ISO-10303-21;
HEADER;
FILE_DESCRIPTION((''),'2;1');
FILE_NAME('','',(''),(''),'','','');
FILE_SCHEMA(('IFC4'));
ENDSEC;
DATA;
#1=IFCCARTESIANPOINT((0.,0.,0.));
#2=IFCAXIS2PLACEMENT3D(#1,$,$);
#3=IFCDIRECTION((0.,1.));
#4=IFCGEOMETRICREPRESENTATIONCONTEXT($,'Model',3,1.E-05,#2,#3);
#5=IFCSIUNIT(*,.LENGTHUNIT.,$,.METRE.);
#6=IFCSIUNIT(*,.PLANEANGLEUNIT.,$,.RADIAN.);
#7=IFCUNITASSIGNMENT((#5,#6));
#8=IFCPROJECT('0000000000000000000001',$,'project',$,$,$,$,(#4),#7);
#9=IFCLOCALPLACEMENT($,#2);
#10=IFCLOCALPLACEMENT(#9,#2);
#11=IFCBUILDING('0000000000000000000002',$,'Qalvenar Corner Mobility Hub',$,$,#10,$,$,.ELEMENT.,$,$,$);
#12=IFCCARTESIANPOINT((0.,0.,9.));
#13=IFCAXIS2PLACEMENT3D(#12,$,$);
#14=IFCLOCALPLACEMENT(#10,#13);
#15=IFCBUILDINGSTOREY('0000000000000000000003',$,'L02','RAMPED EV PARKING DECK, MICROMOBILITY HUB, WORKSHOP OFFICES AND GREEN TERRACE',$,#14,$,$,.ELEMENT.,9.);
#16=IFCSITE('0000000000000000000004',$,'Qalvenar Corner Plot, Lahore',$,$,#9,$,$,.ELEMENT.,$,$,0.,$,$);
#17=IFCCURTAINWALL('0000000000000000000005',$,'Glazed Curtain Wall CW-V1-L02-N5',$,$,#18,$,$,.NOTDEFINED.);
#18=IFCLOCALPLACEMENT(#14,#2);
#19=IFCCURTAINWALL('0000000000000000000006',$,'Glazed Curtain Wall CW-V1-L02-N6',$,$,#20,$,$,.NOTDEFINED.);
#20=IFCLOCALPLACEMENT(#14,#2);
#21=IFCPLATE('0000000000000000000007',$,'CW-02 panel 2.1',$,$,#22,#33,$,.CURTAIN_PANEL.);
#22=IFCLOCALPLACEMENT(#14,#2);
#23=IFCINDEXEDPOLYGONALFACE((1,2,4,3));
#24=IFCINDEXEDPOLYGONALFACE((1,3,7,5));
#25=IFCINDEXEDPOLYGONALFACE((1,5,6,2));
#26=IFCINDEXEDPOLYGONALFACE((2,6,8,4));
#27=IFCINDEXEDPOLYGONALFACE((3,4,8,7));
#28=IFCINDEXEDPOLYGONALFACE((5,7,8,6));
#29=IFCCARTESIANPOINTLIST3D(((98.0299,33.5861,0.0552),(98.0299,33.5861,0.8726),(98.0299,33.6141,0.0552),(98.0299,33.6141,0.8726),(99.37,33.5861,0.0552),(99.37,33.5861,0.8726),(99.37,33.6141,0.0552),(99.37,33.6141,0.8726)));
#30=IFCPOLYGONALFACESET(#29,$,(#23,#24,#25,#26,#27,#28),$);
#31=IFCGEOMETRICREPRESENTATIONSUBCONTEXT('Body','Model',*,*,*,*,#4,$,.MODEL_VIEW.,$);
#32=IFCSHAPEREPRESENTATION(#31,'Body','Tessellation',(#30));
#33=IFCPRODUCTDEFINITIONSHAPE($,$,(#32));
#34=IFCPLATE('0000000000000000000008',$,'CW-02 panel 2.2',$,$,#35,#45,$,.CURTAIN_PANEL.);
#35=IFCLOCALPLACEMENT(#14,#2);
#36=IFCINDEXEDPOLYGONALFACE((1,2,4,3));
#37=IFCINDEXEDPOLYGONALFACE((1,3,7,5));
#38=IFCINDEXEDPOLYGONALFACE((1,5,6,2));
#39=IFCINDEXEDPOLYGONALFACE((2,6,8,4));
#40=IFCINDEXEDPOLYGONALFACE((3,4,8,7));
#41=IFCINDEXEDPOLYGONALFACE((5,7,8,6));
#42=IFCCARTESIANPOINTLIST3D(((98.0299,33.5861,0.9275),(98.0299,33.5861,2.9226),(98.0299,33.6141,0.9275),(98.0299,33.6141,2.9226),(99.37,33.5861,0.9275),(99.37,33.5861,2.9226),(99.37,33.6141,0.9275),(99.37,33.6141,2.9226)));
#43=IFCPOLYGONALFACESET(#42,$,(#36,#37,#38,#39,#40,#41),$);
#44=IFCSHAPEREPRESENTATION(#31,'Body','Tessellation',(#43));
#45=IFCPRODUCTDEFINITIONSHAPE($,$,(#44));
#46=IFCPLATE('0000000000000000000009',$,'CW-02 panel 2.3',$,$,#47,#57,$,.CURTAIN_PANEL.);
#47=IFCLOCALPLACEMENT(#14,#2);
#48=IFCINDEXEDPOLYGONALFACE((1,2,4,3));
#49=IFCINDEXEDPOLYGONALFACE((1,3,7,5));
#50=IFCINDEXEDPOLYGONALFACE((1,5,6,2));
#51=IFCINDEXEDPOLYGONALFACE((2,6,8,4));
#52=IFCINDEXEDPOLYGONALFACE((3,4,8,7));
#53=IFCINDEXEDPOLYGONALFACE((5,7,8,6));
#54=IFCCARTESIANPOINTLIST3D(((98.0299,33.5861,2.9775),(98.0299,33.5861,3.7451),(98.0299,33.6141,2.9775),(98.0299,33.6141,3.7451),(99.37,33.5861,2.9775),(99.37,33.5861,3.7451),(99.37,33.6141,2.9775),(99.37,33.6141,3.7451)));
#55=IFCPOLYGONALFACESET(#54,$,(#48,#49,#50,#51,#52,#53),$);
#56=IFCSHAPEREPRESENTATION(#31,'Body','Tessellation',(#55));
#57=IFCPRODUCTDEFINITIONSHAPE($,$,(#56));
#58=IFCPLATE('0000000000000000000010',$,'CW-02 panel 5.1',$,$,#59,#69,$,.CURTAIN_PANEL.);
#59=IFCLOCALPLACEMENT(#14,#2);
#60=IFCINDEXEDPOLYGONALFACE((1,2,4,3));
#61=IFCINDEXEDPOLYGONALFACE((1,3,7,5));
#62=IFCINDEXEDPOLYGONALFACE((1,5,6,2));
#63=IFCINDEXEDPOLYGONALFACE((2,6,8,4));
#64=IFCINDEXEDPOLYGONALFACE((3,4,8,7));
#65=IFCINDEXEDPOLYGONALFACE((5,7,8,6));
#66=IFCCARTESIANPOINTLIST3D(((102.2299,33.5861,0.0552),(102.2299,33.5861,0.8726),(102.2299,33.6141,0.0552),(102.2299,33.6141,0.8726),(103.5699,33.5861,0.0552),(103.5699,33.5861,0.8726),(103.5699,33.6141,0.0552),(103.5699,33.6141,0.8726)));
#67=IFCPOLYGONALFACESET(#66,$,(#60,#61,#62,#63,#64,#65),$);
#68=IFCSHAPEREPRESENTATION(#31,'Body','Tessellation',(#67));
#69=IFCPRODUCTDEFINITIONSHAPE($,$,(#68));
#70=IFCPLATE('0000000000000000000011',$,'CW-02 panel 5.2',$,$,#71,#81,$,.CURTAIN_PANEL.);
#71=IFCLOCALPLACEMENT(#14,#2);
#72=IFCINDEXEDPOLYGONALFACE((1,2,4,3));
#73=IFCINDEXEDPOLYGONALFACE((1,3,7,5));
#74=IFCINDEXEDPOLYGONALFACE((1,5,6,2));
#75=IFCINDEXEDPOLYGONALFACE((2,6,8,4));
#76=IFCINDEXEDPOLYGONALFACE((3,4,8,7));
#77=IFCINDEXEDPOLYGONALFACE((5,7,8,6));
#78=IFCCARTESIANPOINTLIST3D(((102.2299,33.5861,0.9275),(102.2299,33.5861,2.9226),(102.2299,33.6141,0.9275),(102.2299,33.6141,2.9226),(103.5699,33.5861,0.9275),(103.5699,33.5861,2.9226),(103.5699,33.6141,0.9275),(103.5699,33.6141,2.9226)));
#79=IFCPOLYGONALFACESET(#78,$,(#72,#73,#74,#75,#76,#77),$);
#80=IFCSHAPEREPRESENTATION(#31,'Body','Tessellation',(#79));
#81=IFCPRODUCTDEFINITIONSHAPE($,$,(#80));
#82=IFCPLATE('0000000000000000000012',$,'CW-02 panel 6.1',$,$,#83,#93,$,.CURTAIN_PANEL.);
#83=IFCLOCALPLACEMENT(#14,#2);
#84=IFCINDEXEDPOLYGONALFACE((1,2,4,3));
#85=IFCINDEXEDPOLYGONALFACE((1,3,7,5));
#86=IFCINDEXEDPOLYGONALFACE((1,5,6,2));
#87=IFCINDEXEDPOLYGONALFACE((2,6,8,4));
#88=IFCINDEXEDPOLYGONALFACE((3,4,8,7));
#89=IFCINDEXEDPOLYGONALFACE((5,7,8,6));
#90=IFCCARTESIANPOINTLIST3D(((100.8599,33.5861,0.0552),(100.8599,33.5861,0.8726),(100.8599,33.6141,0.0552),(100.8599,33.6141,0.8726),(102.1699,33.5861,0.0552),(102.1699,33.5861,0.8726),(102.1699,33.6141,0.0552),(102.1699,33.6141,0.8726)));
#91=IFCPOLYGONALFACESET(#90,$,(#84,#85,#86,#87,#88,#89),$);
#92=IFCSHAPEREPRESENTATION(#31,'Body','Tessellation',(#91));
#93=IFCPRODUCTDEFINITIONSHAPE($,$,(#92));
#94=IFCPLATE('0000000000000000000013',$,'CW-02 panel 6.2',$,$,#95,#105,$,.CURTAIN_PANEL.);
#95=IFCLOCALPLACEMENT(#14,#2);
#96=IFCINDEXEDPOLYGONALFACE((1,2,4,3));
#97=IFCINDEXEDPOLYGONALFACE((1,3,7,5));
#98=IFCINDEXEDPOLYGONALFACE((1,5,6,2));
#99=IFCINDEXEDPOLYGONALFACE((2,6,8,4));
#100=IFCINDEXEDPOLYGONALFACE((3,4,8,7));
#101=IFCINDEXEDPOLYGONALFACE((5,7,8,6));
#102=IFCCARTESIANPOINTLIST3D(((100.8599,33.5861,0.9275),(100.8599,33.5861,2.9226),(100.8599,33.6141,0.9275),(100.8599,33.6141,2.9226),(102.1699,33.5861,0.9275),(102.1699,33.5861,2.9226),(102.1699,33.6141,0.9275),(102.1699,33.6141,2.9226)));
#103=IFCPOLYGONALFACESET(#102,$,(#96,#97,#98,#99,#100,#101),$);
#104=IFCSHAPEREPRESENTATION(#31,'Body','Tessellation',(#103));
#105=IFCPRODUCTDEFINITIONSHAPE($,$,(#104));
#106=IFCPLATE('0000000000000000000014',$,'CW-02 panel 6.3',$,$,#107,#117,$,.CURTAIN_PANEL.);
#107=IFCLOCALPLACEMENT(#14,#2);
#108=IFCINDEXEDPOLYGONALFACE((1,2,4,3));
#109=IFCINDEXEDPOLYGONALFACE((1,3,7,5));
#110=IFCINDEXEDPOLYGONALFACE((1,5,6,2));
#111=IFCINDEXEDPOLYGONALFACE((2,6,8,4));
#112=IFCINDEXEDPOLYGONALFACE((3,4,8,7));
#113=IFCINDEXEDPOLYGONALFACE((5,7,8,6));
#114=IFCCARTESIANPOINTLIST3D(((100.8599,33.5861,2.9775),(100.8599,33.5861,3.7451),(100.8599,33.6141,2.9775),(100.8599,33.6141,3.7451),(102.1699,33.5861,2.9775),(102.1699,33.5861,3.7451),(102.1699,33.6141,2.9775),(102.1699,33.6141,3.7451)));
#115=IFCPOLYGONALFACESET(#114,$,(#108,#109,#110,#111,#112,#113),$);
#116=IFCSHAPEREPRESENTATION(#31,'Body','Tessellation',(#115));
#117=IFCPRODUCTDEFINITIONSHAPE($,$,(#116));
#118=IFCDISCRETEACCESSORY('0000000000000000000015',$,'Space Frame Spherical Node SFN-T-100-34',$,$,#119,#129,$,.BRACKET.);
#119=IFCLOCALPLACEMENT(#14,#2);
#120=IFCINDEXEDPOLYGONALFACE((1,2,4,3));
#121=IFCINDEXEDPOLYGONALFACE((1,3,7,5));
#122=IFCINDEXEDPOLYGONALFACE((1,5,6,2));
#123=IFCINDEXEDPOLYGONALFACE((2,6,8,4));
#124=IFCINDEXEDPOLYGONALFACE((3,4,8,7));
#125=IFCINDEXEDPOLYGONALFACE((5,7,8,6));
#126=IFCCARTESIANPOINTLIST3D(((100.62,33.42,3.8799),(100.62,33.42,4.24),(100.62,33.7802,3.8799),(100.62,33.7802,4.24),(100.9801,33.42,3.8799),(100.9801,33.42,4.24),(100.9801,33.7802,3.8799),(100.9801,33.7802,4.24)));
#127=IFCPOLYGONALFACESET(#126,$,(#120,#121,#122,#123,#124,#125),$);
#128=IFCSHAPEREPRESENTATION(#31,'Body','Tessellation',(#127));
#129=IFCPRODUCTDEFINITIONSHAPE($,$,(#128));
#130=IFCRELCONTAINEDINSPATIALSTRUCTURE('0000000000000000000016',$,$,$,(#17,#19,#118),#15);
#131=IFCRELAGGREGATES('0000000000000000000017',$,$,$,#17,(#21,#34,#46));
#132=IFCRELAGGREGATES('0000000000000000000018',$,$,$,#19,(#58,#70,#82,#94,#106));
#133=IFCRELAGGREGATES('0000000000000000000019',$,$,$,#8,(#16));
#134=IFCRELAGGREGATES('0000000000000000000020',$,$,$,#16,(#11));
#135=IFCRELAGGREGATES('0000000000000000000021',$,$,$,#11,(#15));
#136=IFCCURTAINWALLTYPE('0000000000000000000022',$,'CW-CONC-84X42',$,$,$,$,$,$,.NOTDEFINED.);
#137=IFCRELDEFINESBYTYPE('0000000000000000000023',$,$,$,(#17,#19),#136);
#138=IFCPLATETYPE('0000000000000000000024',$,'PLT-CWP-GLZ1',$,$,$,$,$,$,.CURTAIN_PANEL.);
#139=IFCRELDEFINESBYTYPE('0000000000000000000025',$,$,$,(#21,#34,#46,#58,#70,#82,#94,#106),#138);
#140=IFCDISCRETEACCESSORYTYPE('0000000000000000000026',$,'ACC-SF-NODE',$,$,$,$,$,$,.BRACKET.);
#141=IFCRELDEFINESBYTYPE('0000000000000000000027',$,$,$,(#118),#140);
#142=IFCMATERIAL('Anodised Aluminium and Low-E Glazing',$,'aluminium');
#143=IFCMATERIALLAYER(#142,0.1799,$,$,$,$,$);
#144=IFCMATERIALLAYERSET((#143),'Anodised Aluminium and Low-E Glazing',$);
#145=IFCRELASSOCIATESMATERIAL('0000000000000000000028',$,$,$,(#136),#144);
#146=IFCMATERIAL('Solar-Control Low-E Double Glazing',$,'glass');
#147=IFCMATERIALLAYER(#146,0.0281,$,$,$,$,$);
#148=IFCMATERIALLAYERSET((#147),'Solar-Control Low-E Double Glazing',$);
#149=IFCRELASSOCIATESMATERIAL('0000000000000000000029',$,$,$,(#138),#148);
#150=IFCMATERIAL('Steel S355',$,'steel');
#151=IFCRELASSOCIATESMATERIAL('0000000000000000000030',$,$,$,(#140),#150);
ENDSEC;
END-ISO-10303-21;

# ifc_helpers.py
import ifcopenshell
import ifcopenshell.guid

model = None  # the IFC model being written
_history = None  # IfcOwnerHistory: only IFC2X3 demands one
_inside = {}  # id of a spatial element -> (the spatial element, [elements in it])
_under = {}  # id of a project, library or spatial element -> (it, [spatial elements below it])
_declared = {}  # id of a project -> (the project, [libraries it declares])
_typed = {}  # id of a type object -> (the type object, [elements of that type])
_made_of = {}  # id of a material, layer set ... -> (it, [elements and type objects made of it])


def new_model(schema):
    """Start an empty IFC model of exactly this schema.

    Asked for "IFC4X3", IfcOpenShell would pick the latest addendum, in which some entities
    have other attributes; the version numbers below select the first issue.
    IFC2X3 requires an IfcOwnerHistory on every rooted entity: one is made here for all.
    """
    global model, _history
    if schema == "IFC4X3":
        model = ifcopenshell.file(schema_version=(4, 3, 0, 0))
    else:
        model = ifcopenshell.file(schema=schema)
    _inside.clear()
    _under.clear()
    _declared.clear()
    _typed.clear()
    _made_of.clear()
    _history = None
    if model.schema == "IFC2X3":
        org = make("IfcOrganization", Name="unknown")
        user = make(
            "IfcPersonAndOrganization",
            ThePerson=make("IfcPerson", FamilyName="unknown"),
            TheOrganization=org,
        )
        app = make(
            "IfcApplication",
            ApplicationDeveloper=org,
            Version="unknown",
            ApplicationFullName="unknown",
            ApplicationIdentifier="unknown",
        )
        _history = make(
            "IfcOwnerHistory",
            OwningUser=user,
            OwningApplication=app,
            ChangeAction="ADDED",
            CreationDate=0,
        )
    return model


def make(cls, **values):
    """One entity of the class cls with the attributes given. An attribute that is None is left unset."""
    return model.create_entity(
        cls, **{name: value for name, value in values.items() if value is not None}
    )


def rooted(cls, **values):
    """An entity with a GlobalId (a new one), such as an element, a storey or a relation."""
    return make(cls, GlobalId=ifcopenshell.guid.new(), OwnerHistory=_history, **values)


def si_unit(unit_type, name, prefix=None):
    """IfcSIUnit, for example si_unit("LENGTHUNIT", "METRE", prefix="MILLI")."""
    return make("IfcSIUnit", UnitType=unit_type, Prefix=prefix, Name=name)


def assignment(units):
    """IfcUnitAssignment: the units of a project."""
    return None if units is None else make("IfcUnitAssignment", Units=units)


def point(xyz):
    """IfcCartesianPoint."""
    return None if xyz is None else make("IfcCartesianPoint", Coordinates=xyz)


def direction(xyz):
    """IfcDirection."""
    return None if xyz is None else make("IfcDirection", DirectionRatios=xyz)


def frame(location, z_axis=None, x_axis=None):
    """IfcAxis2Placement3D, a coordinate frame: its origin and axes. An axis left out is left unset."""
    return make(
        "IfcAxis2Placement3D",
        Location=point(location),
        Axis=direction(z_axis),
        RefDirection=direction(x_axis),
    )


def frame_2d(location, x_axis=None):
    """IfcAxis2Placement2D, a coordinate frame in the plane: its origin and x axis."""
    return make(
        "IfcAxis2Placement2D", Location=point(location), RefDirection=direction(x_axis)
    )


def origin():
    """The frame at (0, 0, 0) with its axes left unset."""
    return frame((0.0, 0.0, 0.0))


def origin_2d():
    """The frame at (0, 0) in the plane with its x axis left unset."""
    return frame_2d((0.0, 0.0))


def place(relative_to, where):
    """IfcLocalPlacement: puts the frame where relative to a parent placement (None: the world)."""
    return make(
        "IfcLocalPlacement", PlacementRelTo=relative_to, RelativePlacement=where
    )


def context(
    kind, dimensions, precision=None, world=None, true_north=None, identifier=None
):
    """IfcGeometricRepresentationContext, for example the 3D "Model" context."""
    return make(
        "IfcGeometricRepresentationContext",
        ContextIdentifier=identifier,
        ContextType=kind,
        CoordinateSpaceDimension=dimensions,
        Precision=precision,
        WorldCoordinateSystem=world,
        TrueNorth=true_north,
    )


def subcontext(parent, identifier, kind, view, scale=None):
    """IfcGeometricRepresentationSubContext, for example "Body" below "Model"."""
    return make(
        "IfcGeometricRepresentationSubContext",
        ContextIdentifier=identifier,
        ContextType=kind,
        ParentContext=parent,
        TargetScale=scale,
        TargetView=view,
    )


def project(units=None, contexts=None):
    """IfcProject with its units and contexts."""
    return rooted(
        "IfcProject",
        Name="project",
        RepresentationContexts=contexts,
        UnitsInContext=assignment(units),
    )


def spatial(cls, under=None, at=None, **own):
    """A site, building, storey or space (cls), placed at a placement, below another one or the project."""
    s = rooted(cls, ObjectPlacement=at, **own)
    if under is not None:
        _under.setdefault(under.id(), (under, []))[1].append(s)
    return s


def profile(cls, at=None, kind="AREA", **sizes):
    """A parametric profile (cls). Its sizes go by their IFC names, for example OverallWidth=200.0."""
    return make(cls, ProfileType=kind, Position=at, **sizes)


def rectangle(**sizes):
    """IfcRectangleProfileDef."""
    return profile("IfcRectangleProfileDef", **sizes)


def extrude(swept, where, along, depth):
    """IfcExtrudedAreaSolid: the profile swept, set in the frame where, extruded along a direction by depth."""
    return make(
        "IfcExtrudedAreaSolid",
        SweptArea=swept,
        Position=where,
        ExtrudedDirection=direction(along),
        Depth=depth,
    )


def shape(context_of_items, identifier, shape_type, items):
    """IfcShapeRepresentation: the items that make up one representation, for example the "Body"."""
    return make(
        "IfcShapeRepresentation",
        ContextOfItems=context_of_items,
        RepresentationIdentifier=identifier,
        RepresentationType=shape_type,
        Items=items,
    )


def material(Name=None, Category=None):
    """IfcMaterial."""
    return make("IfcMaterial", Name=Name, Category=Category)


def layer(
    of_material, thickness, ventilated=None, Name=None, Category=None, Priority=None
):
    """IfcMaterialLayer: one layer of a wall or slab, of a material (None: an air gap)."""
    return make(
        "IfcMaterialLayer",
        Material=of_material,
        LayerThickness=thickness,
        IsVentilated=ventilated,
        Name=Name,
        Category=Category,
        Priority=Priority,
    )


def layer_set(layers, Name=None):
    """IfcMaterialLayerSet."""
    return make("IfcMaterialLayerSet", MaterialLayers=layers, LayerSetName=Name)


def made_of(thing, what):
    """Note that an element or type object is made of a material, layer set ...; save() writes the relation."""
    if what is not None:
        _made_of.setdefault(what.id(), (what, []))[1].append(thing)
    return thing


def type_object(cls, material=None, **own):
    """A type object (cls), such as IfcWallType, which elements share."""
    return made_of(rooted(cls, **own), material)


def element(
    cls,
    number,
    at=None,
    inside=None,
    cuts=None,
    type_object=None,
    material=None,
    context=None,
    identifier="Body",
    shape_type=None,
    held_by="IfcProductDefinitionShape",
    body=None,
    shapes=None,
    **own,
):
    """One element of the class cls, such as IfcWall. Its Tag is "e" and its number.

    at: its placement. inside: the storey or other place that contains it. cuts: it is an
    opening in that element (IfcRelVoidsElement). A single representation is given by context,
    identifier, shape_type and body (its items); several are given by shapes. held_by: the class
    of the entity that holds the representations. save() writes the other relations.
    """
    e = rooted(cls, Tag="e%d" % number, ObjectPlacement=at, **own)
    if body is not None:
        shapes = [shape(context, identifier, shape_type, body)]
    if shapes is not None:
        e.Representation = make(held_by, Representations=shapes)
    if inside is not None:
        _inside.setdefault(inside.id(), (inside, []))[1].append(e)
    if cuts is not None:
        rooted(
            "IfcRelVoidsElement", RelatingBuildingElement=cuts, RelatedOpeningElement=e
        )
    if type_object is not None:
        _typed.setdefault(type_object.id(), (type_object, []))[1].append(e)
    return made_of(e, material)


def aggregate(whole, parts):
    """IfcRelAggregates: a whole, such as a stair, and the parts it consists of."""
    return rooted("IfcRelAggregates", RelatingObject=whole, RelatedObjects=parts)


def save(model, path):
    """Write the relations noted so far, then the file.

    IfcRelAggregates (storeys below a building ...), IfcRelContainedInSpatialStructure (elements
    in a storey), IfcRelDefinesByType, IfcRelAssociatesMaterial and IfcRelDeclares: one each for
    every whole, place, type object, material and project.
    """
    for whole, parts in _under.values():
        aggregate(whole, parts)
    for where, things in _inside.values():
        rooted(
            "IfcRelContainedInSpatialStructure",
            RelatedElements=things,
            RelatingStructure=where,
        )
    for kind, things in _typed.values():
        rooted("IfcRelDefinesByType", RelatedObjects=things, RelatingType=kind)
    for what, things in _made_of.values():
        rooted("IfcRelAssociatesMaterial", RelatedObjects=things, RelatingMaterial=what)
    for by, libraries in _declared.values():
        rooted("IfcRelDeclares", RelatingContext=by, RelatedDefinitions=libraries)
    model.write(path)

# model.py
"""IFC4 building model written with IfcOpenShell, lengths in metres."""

from ifc_helpers import new_model, si_unit, direction, frame, origin, origin_2d, place, context, subcontext, project, spatial, rectangle, extrude, material, layer, layer_set, type_object, element, aggregate, save


model = new_model("IFC4")

# Units and contexts
model_context = context("Model", 3, precision=1e-05, world=origin(), true_north=direction((0.0, 1.0)))
body_context = subcontext(model_context, "Body", "Model", "MODEL_VIEW")
ifc_project = project(units=[si_unit("LENGTHUNIT", "METRE"), si_unit("PLANEANGLEUNIT", "RADIAN")], contexts=[model_context])

# Site, building, storey
site_placement = place(None, origin())
site = spatial("IfcSite", under=ifc_project, at=site_placement, Name="Qalvenar Corner Plot, Lahore", CompositionType="ELEMENT", RefElevation=0.0)
building_placement = place(site_placement, origin())
building = spatial("IfcBuilding", under=site, at=building_placement, Name="Qalvenar Corner Mobility Hub", CompositionType="ELEMENT")
storey_placement = place(building_placement, frame((0.0, 0.0, 9.0)))
storey = spatial("IfcBuildingStorey", under=building, at=storey_placement, Name="L02", Description="RAMPED EV PARKING DECK, MICROMOBILITY HUB, WORKSHOP OFFICES AND GREEN TERRACE", CompositionType="ELEMENT", Elevation=9.0)

# Shared definitions
ifc_material_1 = material(Name="Steel S355", Category="steel")

# Curtain walls
ifc_material_2 = material(Name="Anodised Aluminium and Low-E Glazing", Category="aluminium")
ifc_layer_1 = layer(ifc_material_2, 0.1799)
ifc_layer_set_1 = layer_set([ifc_layer_1], Name="Anodised Aluminium and Low-E Glazing")
curtain_wall_type = type_object("IfcCurtainWallType", Name="CW-CONC-84X42", PredefinedType="NOTDEFINED", material=ifc_layer_set_1)
curtain_wall_1_placement = place(storey_placement, origin())
curtain_wall_1 = element("IfcCurtainWall", 1, at=curtain_wall_1_placement, inside=storey, type_object=curtain_wall_type, Name="Glazed Curtain Wall CW-V1-L02-N5", PredefinedType="NOTDEFINED")
curtain_wall_2_placement = place(storey_placement, origin())
curtain_wall_2 = element("IfcCurtainWall", 2, at=curtain_wall_2_placement, inside=storey, type_object=curtain_wall_type, Name="Glazed Curtain Wall CW-V1-L02-N6", PredefinedType="NOTDEFINED")

# Plates
ifc_material_3 = material(Name="Solar-Control Low-E Double Glazing", Category="glass")
ifc_layer_2 = layer(ifc_material_3, 0.0281)
ifc_layer_set_2 = layer_set([ifc_layer_2], Name="Solar-Control Low-E Double Glazing")
plate_type_1 = type_object("IfcPlateType", Name="PLT-CWP-GLZ1", PredefinedType="CURTAIN_PANEL", material=ifc_layer_set_2)
plate_1_placement = place(storey_placement, frame((98.7, 33.6001, 0.0552), z_axis=(0.0, 0.0, 1.0), x_axis=(-1.0, 0.0, 0.0)))
plate_1 = element("IfcPlate", 3, at=plate_1_placement, type_object=plate_type_1, Name="CW-02 panel 2.1", PredefinedType="CURTAIN_PANEL", context=body_context, shape_type="SweptSolid", body=[
    extrude(rectangle(XDim=1.3401, YDim=0.0281, at=origin_2d()), origin(), (0.0, 0.0, 1.0), 0.8174),
])
plate_2_placement = place(storey_placement, frame((98.7, 33.6001, 0.9275), z_axis=(0.0, 0.0, 1.0), x_axis=(-1.0, 0.0, 0.0)))
plate_2 = element("IfcPlate", 4, at=plate_2_placement, type_object=plate_type_1, Name="CW-02 panel 2.2", PredefinedType="CURTAIN_PANEL", context=body_context, shape_type="SweptSolid", body=[
    extrude(rectangle(XDim=1.3401, YDim=0.0281, at=origin_2d()), origin(), (0.0, 0.0, 1.0), 1.9951),
])
plate_3_placement = place(storey_placement, frame((98.7, 33.6001, 2.9775), z_axis=(0.0, 0.0, 1.0), x_axis=(-1.0, 0.0, 0.0)))
plate_3 = element("IfcPlate", 5, at=plate_3_placement, type_object=plate_type_1, Name="CW-02 panel 2.3", PredefinedType="CURTAIN_PANEL", context=body_context, shape_type="SweptSolid", body=[
    extrude(rectangle(XDim=1.3401, YDim=0.0281, at=origin_2d()), origin(), (0.0, 0.0, 1.0), 0.7676),
])
aggregate(curtain_wall_1, [plate_1, plate_2, plate_3])
plate_4_placement = place(storey_placement, frame((102.8999, 33.6001, 0.0552), z_axis=(0.0, 0.0, 1.0), x_axis=(-1.0, 0.0, 0.0)))
plate_4 = element("IfcPlate", 6, at=plate_4_placement, type_object=plate_type_1, Name="CW-02 panel 5.1", PredefinedType="CURTAIN_PANEL", context=body_context, shape_type="SweptSolid", body=[
    extrude(rectangle(XDim=1.3401, YDim=0.0281, at=origin_2d()), origin(), (0.0, 0.0, 1.0), 0.8174),
])
plate_5_placement = place(storey_placement, frame((102.8999, 33.6001, 0.9275), z_axis=(0.0, 0.0, 1.0), x_axis=(-1.0, 0.0, 0.0)))
plate_5 = element("IfcPlate", 7, at=plate_5_placement, type_object=plate_type_1, Name="CW-02 panel 5.2", PredefinedType="CURTAIN_PANEL", context=body_context, shape_type="SweptSolid", body=[
    extrude(rectangle(XDim=1.3401, YDim=0.0281, at=origin_2d()), origin(), (0.0, 0.0, 1.0), 1.9951),
])
plate_6_placement = place(storey_placement, frame((101.5149, 33.6001, 0.0552), z_axis=(0.0, 0.0, 1.0), x_axis=(-1.0, 0.0, 0.0)))
plate_6 = element("IfcPlate", 8, at=plate_6_placement, type_object=plate_type_1, Name="CW-02 panel 6.1", PredefinedType="CURTAIN_PANEL", context=body_context, shape_type="SweptSolid", body=[
    extrude(rectangle(XDim=1.3101, YDim=0.0281, at=origin_2d()), origin(), (0.0, 0.0, 1.0), 0.8174),
])
plate_7_placement = place(storey_placement, frame((101.5149, 33.6001, 0.9275), z_axis=(0.0, 0.0, 1.0), x_axis=(-1.0, 0.0, 0.0)))
plate_7 = element("IfcPlate", 9, at=plate_7_placement, type_object=plate_type_1, Name="CW-02 panel 6.2", PredefinedType="CURTAIN_PANEL", context=body_context, shape_type="SweptSolid", body=[
    extrude(rectangle(XDim=1.3101, YDim=0.0281, at=origin_2d()), origin(), (0.0, 0.0, 1.0), 1.9951),
])
plate_8_placement = place(storey_placement, frame((101.5149, 33.6001, 2.9775), z_axis=(0.0, 0.0, 1.0), x_axis=(-1.0, 0.0, 0.0)))
plate_8 = element("IfcPlate", 10, at=plate_8_placement, type_object=plate_type_1, Name="CW-02 panel 6.3", PredefinedType="CURTAIN_PANEL", context=body_context, shape_type="SweptSolid", body=[
    extrude(rectangle(XDim=1.3101, YDim=0.0281, at=origin_2d()), origin(), (0.0, 0.0, 1.0), 0.7676),
])
aggregate(curtain_wall_2, [plate_4, plate_5, plate_6, plate_7, plate_8])

# Discrete accessory
discrete_accessory_type = type_object("IfcDiscreteAccessoryType", Name="ACC-SF-NODE", PredefinedType="BRACKET", material=ifc_material_1)
discrete_accessory_placement = place(storey_placement, frame((100.8, 33.6001, 3.8799), z_axis=(0.0, 0.0, 1.0), x_axis=(1.0, 0.0, 0.0)))
element("IfcDiscreteAccessory", 11, at=discrete_accessory_placement, inside=storey, type_object=discrete_accessory_type, Name="Space Frame Spherical Node SFN-T-100-34", PredefinedType="BRACKET", context=body_context, shape_type="SweptSolid", body=[
    extrude(rectangle(XDim=0.3601, YDim=0.3601, at=origin_2d()), origin(), (0.0, 0.0, 1.0), 0.3601),
])

save(model, "model.ifc")
